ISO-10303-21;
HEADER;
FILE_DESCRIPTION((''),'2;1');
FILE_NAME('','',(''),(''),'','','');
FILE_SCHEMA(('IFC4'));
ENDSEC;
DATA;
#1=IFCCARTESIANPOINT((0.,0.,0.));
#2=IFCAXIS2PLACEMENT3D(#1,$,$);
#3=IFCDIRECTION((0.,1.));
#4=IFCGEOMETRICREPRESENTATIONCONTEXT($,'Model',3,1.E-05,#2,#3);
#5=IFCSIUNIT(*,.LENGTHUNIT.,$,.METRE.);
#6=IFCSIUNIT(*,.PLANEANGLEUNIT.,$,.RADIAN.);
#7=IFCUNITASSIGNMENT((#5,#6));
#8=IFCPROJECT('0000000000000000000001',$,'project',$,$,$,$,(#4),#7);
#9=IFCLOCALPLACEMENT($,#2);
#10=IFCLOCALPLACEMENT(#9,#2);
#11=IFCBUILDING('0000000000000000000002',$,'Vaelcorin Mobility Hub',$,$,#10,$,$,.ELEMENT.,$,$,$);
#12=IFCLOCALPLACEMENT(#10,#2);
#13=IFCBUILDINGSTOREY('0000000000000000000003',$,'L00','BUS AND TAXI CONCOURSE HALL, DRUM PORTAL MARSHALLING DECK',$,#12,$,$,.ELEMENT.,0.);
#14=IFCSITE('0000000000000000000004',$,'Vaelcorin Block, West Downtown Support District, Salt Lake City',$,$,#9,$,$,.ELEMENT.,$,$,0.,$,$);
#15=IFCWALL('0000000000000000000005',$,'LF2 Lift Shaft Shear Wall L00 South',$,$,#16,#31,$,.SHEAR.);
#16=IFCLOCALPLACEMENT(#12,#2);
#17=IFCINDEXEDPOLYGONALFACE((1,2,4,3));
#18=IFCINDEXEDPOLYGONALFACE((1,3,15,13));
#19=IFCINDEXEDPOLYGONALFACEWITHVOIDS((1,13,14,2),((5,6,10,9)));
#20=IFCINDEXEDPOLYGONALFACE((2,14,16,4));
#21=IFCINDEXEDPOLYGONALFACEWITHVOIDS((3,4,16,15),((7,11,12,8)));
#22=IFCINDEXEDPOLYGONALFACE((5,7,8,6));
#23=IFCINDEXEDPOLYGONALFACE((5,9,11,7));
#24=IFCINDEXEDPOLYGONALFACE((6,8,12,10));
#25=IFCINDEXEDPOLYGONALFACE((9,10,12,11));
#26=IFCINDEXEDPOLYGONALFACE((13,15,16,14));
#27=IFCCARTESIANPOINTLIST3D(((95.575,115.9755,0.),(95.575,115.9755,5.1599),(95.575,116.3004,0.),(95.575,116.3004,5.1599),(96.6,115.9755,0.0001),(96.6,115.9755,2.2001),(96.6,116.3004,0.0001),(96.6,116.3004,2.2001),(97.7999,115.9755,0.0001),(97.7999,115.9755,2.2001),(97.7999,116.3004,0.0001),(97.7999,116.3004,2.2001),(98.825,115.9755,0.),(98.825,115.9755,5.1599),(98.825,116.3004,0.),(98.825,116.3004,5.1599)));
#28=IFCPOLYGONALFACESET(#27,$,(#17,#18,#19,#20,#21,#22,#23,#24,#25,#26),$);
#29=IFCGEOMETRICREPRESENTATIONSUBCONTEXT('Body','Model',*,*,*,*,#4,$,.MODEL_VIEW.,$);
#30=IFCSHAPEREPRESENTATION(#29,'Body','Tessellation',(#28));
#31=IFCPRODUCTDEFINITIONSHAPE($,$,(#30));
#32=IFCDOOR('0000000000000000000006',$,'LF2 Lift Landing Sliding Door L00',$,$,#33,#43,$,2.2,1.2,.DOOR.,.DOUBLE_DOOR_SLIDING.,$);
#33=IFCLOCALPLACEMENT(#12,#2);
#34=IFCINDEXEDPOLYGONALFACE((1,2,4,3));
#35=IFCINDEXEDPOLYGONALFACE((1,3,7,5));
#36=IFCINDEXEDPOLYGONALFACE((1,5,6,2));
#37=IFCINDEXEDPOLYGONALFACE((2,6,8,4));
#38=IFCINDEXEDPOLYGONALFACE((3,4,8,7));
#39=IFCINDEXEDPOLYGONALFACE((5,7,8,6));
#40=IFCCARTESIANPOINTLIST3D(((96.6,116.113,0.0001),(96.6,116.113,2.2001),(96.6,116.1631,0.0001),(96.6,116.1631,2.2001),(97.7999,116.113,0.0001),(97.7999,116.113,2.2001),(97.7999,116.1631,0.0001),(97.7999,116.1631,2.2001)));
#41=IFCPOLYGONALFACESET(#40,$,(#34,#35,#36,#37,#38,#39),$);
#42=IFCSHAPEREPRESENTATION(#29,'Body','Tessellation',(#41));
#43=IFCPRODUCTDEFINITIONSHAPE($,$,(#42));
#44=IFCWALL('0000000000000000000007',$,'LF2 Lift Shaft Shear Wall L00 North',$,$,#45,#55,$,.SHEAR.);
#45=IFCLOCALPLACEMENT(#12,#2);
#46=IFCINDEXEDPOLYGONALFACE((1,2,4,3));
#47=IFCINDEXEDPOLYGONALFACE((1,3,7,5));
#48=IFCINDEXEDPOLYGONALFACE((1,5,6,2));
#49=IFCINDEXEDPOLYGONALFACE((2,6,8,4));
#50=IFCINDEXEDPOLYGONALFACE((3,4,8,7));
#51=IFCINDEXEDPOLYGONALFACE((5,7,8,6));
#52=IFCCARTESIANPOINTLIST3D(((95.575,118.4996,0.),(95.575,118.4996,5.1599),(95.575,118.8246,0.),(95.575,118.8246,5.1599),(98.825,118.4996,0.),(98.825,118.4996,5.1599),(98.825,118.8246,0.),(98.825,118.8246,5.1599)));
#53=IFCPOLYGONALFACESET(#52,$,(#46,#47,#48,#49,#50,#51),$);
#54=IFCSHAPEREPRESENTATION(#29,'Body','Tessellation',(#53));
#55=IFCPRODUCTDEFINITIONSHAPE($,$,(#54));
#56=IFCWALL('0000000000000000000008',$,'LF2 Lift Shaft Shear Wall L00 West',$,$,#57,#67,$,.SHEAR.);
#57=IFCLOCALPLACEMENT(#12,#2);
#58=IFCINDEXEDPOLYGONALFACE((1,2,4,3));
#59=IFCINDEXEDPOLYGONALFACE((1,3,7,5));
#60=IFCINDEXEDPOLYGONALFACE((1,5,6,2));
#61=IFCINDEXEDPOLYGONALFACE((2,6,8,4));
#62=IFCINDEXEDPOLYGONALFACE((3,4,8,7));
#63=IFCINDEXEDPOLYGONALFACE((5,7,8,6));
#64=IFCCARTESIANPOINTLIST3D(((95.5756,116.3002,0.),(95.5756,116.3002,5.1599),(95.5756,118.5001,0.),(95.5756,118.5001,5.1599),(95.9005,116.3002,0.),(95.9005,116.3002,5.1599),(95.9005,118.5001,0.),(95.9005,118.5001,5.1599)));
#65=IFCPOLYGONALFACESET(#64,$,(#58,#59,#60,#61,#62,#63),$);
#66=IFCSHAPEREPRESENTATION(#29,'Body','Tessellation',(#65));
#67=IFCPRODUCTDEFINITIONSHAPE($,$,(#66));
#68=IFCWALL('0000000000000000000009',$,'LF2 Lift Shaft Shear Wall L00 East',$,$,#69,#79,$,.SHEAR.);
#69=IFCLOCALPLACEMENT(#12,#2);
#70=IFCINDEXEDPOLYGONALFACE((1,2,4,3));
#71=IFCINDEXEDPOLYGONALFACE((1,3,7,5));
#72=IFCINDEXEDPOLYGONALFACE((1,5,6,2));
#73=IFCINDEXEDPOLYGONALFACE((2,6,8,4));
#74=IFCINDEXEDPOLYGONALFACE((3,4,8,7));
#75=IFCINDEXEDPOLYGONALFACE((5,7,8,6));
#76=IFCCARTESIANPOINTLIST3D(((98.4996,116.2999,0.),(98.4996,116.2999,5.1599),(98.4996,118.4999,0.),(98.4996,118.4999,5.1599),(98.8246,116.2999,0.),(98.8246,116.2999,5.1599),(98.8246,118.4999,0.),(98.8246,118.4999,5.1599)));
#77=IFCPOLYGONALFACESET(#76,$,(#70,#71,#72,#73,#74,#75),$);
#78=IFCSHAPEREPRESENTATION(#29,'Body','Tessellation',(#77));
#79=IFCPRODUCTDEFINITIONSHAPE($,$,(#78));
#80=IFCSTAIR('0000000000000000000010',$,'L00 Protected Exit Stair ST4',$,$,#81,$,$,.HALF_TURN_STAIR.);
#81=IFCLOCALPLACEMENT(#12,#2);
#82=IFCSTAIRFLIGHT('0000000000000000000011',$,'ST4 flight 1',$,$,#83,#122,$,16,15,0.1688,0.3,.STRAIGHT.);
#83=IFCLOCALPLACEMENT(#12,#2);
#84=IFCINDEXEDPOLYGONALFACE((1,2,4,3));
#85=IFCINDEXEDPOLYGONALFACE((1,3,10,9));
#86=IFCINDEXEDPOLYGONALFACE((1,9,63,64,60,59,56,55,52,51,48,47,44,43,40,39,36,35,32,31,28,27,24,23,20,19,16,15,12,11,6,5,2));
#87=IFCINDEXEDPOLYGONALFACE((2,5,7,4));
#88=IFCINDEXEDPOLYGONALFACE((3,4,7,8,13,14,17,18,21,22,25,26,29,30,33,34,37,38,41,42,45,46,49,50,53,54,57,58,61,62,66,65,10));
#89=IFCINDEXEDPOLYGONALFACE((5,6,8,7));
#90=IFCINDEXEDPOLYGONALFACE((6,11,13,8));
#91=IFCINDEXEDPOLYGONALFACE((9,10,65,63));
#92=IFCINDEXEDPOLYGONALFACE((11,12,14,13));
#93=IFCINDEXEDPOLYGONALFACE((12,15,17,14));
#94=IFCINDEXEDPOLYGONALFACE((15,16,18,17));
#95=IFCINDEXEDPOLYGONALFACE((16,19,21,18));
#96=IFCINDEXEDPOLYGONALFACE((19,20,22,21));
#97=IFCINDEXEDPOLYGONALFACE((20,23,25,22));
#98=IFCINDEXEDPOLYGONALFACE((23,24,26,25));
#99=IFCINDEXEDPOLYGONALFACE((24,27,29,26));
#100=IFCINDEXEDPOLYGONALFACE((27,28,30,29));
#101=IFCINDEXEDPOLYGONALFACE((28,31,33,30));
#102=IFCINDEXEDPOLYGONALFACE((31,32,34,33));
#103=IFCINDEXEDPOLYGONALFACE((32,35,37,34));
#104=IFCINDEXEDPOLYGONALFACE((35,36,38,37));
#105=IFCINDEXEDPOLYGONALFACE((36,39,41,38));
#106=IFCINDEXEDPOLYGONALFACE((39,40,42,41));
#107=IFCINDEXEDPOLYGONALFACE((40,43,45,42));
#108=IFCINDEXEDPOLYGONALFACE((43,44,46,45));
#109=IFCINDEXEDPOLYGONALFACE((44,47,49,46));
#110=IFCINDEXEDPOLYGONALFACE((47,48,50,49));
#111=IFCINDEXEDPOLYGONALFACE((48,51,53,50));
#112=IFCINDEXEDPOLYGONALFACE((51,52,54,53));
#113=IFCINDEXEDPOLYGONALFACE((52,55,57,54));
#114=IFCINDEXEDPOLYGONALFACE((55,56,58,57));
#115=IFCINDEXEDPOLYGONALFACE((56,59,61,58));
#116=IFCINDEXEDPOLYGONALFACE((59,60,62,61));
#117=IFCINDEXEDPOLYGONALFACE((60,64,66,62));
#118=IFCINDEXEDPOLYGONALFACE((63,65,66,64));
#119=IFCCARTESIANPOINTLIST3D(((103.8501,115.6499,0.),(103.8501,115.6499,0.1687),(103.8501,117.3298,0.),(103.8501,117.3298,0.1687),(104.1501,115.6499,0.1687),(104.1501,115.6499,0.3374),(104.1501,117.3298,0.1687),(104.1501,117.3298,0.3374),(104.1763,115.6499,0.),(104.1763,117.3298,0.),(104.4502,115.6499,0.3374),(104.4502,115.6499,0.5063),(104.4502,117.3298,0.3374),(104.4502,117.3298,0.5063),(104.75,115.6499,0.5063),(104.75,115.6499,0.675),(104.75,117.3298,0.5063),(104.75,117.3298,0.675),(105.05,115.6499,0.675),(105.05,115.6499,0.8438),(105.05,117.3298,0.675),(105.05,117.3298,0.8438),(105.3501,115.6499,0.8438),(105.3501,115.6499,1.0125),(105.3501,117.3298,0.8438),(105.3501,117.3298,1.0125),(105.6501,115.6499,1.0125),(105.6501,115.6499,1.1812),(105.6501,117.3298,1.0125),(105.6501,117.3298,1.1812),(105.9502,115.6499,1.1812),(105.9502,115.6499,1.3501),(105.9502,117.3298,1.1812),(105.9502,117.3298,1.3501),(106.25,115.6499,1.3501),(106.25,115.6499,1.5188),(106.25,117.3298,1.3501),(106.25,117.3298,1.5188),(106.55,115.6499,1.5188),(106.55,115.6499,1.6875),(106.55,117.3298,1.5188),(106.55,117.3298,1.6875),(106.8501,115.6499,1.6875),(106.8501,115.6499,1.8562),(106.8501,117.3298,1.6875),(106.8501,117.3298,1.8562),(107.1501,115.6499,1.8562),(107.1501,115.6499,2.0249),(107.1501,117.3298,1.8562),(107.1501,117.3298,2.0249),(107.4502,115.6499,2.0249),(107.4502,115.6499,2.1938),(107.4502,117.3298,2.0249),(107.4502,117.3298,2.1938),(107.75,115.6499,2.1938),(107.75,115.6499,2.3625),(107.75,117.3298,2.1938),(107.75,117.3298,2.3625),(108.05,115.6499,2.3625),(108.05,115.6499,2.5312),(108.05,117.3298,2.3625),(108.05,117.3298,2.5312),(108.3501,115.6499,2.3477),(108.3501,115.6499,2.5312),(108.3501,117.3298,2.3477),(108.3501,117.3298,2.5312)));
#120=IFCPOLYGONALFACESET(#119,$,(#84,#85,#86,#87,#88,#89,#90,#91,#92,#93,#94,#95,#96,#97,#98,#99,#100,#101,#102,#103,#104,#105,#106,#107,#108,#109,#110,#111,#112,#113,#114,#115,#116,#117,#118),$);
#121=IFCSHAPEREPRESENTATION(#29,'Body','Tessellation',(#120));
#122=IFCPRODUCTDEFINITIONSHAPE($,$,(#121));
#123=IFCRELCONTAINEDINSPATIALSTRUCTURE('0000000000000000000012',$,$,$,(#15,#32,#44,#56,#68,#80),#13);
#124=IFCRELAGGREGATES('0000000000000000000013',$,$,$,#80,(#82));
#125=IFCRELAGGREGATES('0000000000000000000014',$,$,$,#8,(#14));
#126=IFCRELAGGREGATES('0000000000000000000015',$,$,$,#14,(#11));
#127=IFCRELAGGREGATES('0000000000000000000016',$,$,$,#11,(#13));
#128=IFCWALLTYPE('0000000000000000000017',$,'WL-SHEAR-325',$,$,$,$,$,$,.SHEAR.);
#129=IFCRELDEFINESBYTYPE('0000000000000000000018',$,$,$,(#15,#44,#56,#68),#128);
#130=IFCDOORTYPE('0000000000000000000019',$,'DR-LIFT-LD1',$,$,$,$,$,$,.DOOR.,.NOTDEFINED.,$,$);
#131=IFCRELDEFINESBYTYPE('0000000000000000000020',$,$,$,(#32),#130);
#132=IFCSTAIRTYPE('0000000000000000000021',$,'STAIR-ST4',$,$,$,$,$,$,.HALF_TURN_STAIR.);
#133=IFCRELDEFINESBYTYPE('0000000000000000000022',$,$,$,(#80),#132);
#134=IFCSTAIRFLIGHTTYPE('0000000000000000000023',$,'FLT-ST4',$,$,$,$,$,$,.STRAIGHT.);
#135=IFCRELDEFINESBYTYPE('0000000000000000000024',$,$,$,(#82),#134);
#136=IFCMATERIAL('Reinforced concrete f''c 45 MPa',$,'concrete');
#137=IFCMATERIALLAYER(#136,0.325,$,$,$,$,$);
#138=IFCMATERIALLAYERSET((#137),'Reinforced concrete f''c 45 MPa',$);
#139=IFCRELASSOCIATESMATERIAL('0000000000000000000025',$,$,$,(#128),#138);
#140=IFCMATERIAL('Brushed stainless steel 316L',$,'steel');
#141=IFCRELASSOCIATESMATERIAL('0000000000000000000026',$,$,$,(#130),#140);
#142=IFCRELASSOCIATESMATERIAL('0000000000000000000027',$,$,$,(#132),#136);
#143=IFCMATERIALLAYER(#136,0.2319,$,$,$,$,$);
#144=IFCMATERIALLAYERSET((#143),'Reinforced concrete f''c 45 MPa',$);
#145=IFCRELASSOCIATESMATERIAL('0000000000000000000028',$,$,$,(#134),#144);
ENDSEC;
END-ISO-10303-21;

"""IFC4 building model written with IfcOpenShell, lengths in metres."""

from ifc_helpers import new_model, si_unit, direction, frame, frame_2d, origin, place, context, subcontext, project, spatial, polyline, rectangle, outline, extrude, material, layer, layer_set, type_object, element, fill, aggregate, save


model = new_model("IFC4")

# Units and contexts
model_context = context("Model", 3, precision=1e-05, world=origin(), true_north=direction((0.0, 1.0)))
body_context = subcontext(model_context, "Body", "Model", "MODEL_VIEW")
ifc_project = project(units=[si_unit("LENGTHUNIT", "METRE"), si_unit("PLANEANGLEUNIT", "RADIAN")], contexts=[model_context])

# Site, building, storey
site_placement = place(None, origin())
site = spatial("IfcSite", under=ifc_project, at=site_placement, Name="Vaelcorin Block, West Downtown Support District, Salt Lake City", CompositionType="ELEMENT", RefElevation=0.0)
building_placement = place(site_placement, origin())
building = spatial("IfcBuilding", under=site, at=building_placement, Name="Vaelcorin Mobility Hub", CompositionType="ELEMENT")
storey_placement = place(building_placement, origin())
storey = spatial("IfcBuildingStorey", under=building, at=storey_placement, Name="L00", Description="BUS AND TAXI CONCOURSE HALL, DRUM PORTAL MARSHALLING DECK", CompositionType="ELEMENT", Elevation=0.0)

# Shared definitions
ifc_material_1 = material(Name="Reinforced concrete f'c 45 MPa", Category="concrete")

# Wall, opening, door
ifc_layer_1 = layer(ifc_material_1, 0.325)
ifc_layer_set_1 = layer_set([ifc_layer_1], Name="Reinforced concrete f'c 45 MPa")
wall_type_1 = type_object("IfcWallType", Name="WL-SHEAR-325", PredefinedType="SHEAR", material=ifc_layer_set_1)
wall_1_placement = place(storey_placement, frame((98.825, 116.1379, 0.0), z_axis=(0.0, 0.0, 1.0), x_axis=(-1.0, 0.0, 0.0)))
wall_1 = element("IfcWall", 1, at=wall_1_placement, inside=storey, type_object=wall_type_1, Name="LF2 Lift Shaft Shear Wall L00 South", PredefinedType="SHEAR", context=body_context, shape_type="SweptSolid", body=[
    extrude(rectangle(XDim=3.25, YDim=0.325, at=frame_2d((1.625, 0.0))), origin(), (0.0, 0.0, 1.0), 5.1599),
])
opening_1_placement = place(wall_1_placement, frame((1.0249, 0.0, 0.0)))
opening_1 = element("IfcOpeningElement", 2, at=opening_1_placement, cuts=wall_1, PredefinedType="OPENING", context=body_context, shape_type="SweptSolid", body=[
    extrude(rectangle(XDim=1.2, YDim=2.2, at=frame_2d((0.6001, 1.1001))), frame((0.0, 0.1724, 0.0), z_axis=(0.0, -1.0, 0.0), x_axis=(1.0, 0.0, 0.0)), (0.0, 0.0, 1.0), 0.345),
])
ifc_material_2 = material(Name="Brushed stainless steel 316L", Category="steel")
door_type_1 = type_object("IfcDoorType", Name="DR-LIFT-LD1", OperationType="NOTDEFINED", PredefinedType="DOOR", material=ifc_material_2)
door_1_placement = place(opening_1_placement, origin())
door_1 = element("IfcDoor", 3, at=door_1_placement, inside=storey, type_object=door_type_1, Name="LF2 Lift Landing Sliding Door L00", OperationType="DOUBLE_DOOR_SLIDING", OverallHeight=2.2, OverallWidth=1.2, PredefinedType="DOOR", context=body_context, shape_type="SweptSolid", body=[
    extrude(rectangle(XDim=1.2, YDim=2.2, at=frame_2d((0.6001, 1.1001))), frame((0.0, 0.0249, 0.0), z_axis=(0.0, -1.0, 0.0), x_axis=(1.0, 0.0, 0.0)), (0.0, 0.0, 1.0), 0.05),
])
fill(opening_1, door_1)

# Walls
wall_2_placement = place(storey_placement, frame((95.575, 118.6621, 0.0), z_axis=(0.0, 0.0, 1.0), x_axis=(1.0, 0.0, 0.0)))
element("IfcWall", 4, at=wall_2_placement, inside=storey, type_object=wall_type_1, Name="LF2 Lift Shaft Shear Wall L00 North", PredefinedType="SHEAR", context=body_context, shape_type="SweptSolid", body=[
    extrude(rectangle(XDim=3.25, YDim=0.325, at=frame_2d((1.625, 0.0))), origin(), (0.0, 0.0, 1.0), 5.1599),
])
for number, where, z_axis, x_axis, name in (
    (5, (95.738, 116.3, 0.0), (0.0, 0.0, 1.0), (0.0, 1.0, 0.0), "LF2 Lift Shaft Shear Wall L00 West"),
    (6, (98.6621, 118.5, 0.0), (0.0, 0.0, 1.0), (0.0, -1.0, 0.0), "LF2 Lift Shaft Shear Wall L00 East"),
):
    element("IfcWall", number, at=place(storey_placement, frame(where, z_axis=z_axis, x_axis=x_axis)), inside=storey, type_object=wall_type_1, Name=name, PredefinedType="SHEAR", context=body_context, shape_type="SweptSolid", body=[
        extrude(rectangle(XDim=2.2, YDim=0.325, at=frame_2d((1.1001, 0.0))), origin(), (0.0, 0.0, 1.0), 5.1599),
    ])

# Stair, stair flight
stair_type = type_object("IfcStairType", Name="STAIR-ST4", PredefinedType="HALF_TURN_STAIR", material=ifc_material_1)
stair_placement = place(storey_placement, origin())
stair = element("IfcStair", 7, at=stair_placement, inside=storey, type_object=stair_type, Name="L00 Protected Exit Stair ST4", PredefinedType="HALF_TURN_STAIR")
ifc_layer_2 = layer(ifc_material_1, 0.2319)
ifc_layer_set_2 = layer_set([ifc_layer_2], Name="Reinforced concrete f'c 45 MPa")
stair_flight_type = type_object("IfcStairFlightType", Name="FLT-ST4", PredefinedType="STRAIGHT", material=ifc_layer_set_2)
stair_flight_placement = place(storey_placement, frame((103.8501, 116.49, 0.0), z_axis=(0.0, 0.0, 1.0), x_axis=(1.0, 0.0, 0.0)))
stair_flight = element("IfcStairFlight", 8, at=stair_flight_placement, type_object=stair_flight_type, Name="ST4 flight 1", NumberOfRisers=16, NumberOfTreads=15, PredefinedType="STRAIGHT", RiserHeight=0.1688, TreadLength=0.3, context=body_context, shape_type="SweptSolid", body=[
    extrude(outline(polyline([(0.0, 0.0), (0.0, 0.1687), (0.3, 0.1687), (0.3, 0.3374), (0.6001, 0.3374), (0.6001, 0.5063), (0.8999, 0.5063), (0.8999, 0.675), (1.2, 0.675), (1.2, 0.8438), (1.5, 0.8438), (1.5, 1.0125), (1.8, 1.0125), (1.8, 1.1812), (2.1001, 1.1812), (2.1001, 1.3501), (2.3999, 1.3501), (2.3999, 1.5188), (2.7, 1.5188), (2.7, 1.6875), (3.0, 1.6875), (3.0, 1.8562), (3.3, 1.8562), (3.3, 2.0249), (3.6001, 2.0249), (3.6001, 2.1938), (3.8999, 2.1938), (3.8999, 2.3625), (4.2, 2.3625), (4.2, 2.5312), (4.5, 2.5312), (4.5, 2.7), (4.5, 2.3477), (0.3262, 0.0), (0.0, 0.0)])), frame((0.0, 0.8398, 0.0), z_axis=(0.0, -1.0, 0.0), x_axis=(1.0, 0.0, 0.0)), (0.0, 0.0, 1.0), 1.6799),
])
aggregate(stair, [stair_flight])

save(model, "model.ifc")
